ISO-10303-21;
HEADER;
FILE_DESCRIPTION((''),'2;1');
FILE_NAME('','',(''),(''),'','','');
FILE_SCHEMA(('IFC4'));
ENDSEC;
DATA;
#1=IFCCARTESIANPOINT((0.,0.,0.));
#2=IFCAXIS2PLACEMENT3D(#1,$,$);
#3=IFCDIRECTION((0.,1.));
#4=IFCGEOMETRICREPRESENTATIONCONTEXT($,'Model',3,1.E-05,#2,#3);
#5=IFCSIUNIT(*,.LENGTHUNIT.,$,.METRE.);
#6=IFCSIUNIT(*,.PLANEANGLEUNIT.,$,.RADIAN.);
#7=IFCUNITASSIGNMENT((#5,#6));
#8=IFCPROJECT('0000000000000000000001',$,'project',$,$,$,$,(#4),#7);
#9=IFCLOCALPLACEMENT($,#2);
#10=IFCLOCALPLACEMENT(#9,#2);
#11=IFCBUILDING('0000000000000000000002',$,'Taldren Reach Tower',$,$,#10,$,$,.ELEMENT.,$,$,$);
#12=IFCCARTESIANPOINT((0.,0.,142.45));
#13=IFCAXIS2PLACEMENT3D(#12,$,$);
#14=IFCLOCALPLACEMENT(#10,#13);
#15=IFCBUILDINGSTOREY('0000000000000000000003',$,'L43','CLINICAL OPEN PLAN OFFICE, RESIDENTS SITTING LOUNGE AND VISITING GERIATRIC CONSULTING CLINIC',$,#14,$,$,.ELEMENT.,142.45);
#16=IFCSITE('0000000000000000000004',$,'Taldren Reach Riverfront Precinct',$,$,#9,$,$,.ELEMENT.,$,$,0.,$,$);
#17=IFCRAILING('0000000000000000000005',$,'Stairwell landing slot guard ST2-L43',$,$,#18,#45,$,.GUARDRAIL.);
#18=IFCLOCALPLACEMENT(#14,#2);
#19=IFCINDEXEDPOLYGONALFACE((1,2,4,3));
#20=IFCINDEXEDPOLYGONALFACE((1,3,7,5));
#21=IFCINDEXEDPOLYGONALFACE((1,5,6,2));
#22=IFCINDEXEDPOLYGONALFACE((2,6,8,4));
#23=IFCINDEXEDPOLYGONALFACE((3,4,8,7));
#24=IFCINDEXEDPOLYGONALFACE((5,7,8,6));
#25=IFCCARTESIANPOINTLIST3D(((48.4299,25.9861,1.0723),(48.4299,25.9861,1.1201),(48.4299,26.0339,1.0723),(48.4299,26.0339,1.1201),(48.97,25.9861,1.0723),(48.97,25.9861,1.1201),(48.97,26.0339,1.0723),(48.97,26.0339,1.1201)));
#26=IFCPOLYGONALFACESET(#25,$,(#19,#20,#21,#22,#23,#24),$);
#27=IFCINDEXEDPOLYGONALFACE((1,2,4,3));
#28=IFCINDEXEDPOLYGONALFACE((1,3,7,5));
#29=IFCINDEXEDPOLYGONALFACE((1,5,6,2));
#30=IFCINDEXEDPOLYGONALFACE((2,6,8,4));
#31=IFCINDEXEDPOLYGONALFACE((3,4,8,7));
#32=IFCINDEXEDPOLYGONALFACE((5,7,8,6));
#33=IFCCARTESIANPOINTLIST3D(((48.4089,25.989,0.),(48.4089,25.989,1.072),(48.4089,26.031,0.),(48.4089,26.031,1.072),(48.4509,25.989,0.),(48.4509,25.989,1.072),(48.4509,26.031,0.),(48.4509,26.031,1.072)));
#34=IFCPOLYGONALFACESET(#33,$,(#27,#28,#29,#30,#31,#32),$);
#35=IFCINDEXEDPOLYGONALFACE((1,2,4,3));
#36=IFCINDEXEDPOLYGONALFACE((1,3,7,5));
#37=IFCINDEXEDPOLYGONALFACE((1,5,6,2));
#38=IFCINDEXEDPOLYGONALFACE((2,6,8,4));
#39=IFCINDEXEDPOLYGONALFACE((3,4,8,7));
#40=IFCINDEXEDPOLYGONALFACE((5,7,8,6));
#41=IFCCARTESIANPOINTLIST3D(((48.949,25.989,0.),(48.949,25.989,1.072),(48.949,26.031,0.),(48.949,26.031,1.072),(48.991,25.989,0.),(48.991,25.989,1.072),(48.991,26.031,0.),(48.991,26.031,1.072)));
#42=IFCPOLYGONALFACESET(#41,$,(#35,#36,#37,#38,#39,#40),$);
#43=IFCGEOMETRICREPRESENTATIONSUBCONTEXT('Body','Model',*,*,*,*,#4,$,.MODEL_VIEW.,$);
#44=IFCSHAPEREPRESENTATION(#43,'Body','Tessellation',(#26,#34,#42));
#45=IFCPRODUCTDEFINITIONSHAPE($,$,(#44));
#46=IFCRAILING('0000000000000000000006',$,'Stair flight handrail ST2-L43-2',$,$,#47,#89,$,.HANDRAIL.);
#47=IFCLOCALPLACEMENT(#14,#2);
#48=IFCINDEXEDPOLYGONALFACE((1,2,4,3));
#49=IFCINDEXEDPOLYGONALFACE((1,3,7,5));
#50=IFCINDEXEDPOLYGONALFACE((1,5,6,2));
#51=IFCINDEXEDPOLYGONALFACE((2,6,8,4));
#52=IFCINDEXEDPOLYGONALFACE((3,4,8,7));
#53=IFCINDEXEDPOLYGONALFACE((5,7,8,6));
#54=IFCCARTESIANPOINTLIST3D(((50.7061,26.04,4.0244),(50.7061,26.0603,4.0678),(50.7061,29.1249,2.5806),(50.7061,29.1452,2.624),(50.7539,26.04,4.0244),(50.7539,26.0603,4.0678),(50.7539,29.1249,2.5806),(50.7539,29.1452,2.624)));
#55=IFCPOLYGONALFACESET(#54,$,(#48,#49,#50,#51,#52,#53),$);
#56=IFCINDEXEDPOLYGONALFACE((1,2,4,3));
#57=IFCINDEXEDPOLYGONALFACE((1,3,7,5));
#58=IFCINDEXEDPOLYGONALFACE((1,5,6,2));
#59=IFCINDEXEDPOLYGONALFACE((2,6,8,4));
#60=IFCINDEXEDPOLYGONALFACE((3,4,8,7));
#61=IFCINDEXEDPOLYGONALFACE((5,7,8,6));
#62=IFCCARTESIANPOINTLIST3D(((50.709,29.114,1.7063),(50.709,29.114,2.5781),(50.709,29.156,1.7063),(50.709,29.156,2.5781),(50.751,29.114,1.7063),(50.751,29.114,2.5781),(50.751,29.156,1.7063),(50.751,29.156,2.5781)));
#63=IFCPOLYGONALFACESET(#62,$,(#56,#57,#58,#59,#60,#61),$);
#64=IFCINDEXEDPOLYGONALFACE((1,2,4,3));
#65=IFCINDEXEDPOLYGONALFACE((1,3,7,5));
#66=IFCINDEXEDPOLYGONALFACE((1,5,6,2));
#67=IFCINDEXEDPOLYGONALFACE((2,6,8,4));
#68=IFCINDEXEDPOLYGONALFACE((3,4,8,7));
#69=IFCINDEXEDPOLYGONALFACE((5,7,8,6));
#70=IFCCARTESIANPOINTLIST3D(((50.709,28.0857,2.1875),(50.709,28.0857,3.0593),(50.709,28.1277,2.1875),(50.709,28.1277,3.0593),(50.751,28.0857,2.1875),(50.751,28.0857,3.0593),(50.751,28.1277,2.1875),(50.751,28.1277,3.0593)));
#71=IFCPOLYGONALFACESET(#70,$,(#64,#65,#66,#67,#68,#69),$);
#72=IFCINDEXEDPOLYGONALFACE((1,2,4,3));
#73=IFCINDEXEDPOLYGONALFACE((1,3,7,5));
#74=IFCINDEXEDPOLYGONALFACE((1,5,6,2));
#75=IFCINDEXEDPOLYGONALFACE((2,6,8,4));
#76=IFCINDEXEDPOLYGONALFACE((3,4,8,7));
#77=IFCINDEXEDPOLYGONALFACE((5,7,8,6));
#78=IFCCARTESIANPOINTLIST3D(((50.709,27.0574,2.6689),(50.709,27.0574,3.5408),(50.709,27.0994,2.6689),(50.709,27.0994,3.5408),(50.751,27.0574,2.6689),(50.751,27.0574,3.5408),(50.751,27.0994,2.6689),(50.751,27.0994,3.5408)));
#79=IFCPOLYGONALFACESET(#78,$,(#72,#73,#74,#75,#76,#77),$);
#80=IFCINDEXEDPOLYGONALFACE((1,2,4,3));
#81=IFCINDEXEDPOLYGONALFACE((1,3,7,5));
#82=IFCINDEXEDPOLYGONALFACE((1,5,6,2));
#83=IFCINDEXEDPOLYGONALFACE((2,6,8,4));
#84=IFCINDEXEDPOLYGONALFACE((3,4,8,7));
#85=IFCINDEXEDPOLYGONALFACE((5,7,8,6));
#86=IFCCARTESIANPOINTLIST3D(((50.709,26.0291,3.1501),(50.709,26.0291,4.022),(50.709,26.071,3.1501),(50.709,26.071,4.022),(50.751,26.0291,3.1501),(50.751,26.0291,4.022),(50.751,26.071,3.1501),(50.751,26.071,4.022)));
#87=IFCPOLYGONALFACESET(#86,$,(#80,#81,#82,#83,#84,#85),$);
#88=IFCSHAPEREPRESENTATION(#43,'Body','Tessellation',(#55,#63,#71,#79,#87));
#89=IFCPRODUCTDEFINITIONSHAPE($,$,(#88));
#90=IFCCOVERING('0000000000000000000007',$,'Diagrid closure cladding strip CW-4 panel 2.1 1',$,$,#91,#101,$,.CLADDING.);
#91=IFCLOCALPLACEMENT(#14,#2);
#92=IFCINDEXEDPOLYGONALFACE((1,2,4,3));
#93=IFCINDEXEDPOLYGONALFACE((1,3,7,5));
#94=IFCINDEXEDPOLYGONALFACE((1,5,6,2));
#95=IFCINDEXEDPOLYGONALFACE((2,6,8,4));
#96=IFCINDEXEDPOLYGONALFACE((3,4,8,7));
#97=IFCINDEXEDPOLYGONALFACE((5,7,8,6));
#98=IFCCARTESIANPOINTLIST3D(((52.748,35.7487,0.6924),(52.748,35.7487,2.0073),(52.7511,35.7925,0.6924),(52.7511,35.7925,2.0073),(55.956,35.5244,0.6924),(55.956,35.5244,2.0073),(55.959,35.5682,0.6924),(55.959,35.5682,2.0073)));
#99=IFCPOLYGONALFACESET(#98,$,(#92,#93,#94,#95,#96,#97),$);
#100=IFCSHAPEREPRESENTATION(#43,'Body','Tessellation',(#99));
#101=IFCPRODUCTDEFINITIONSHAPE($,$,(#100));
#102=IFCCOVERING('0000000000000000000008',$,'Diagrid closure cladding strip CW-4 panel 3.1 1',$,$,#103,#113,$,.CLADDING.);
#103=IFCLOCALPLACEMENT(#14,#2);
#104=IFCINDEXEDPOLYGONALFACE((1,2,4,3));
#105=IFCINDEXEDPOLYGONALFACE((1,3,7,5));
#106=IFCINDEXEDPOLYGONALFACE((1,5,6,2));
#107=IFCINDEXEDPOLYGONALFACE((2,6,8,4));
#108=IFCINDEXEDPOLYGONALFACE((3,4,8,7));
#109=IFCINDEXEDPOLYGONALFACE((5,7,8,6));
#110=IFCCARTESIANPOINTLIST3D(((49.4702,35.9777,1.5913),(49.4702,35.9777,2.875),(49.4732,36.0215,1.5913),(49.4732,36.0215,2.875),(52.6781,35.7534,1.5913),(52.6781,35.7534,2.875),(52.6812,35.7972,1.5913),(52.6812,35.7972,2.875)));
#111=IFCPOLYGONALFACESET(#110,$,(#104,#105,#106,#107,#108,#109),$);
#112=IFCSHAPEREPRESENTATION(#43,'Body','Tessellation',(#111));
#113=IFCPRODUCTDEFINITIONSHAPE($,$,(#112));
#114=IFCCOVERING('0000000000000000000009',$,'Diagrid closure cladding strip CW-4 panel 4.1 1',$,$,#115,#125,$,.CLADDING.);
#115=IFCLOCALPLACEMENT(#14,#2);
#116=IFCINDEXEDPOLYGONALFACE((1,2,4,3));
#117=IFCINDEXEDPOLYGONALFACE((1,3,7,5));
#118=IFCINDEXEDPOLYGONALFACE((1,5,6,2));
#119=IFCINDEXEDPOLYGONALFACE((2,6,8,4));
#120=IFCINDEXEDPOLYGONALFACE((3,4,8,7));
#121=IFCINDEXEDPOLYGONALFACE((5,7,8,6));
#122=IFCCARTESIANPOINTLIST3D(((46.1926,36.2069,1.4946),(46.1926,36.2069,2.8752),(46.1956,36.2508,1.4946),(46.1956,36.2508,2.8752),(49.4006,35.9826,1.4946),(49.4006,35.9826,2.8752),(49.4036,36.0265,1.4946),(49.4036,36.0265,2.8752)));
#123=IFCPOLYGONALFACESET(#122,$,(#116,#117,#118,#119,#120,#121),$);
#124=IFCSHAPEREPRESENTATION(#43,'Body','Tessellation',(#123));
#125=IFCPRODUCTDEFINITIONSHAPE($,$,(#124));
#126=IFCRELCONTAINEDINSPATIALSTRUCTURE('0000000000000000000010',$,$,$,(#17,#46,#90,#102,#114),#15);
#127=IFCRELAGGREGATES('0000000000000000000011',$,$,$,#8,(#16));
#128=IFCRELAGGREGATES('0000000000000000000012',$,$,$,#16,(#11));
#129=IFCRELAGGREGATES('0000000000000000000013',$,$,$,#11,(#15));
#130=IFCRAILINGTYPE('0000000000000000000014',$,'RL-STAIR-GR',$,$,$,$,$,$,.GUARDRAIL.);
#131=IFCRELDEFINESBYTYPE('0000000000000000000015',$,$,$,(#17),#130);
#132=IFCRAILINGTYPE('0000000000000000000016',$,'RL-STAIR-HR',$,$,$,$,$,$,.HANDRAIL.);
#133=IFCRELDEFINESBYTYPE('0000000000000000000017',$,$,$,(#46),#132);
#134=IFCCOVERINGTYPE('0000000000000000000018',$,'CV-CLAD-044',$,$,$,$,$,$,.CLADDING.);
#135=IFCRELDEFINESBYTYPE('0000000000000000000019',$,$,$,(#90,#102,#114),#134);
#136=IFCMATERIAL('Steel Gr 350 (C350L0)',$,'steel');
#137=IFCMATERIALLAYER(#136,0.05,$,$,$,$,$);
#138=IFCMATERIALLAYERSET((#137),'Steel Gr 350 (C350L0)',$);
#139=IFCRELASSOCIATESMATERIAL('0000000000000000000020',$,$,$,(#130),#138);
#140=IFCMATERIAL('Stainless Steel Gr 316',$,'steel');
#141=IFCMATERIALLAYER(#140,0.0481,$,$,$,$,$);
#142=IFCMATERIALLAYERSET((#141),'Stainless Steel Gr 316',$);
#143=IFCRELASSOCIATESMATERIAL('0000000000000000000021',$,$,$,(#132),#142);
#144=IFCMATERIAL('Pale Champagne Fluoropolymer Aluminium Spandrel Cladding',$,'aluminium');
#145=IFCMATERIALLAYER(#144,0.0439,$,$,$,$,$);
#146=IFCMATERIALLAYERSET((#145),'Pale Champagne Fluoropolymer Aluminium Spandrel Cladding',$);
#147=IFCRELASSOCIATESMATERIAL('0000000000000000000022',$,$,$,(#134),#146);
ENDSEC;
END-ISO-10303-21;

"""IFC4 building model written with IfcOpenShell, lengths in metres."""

from ifc_helpers import new_model, si_unit, direction, frame, origin, origin_2d, place, context, subcontext, project, spatial, rectangle, extrude, source, transform, mapped, material, layer, layer_set, type_object, element, save


model = new_model("IFC4")

# Units and contexts
model_context = context("Model", 3, precision=1e-05, world=origin(), true_north=direction((0.0, 1.0)))
body_context = subcontext(model_context, "Body", "Model", "MODEL_VIEW")
ifc_project = project(units=[si_unit("LENGTHUNIT", "METRE"), si_unit("PLANEANGLEUNIT", "RADIAN")], contexts=[model_context])

# Site, building, storey
site_placement = place(None, origin())
site = spatial("IfcSite", under=ifc_project, at=site_placement, Name="Taldren Reach Riverfront Precinct", CompositionType="ELEMENT", RefElevation=0.0)
building_placement = place(site_placement, origin())
building = spatial("IfcBuilding", under=site, at=building_placement, Name="Taldren Reach Tower", CompositionType="ELEMENT")
storey_placement = place(building_placement, frame((0.0, 0.0, 142.45)))
storey = spatial("IfcBuildingStorey", under=building, at=storey_placement, Name="L43", Description="CLINICAL OPEN PLAN OFFICE, RESIDENTS SITTING LOUNGE AND VISITING GERIATRIC CONSULTING CLINIC", CompositionType="ELEMENT", Elevation=142.45)

# Shared definitions
ifc_material_1 = material(Name="Steel Gr 350 (C350L0)", Category="steel")

# Railings
ifc_layer_1 = layer(ifc_material_1, 0.05)
ifc_layer_set_1 = layer_set([ifc_layer_1], Name="Steel Gr 350 (C350L0)")
railing_type_1 = type_object("IfcRailingType", Name="RL-STAIR-GR", PredefinedType="GUARDRAIL", material=ifc_layer_set_1)
railing_1_placement = place(storey_placement, frame((48.4299, 26.01, 0.0)))
element("IfcRailing", 1, at=railing_1_placement, inside=storey, type_object=railing_type_1, Name="Stairwell landing slot guard ST2-L43", PredefinedType="GUARDRAIL", context=body_context, shape_type="SweptSolid", body=[
    extrude(rectangle(XDim=0.0479, YDim=0.0479, at=origin_2d()), frame((0.0, 0.0, 1.0962), z_axis=(1.0, 0.0, 0.0), x_axis=(0.0, 1.0, 0.0)), (0.0, 0.0, 1.0), 0.54),
    extrude(rectangle(XDim=0.042, YDim=0.042, at=origin_2d()), origin(), (0.0, 0.0, 1.0), 1.072),
    extrude(rectangle(XDim=0.042, YDim=0.042, at=origin_2d()), frame((0.54, 0.0, 0.0)), (0.0, 0.0, 1.0), 1.072),
])
ifc_material_2 = material(Name="Stainless Steel Gr 316", Category="steel")
ifc_layer_2 = layer(ifc_material_2, 0.0481)
ifc_layer_set_2 = layer_set([ifc_layer_2], Name="Stainless Steel Gr 316")
railing_type_2 = type_object("IfcRailingType", Name="RL-STAIR-HR", PredefinedType="HANDRAIL", material=ifc_layer_set_2)
railing_2_placement = place(storey_placement, frame((50.73, 29.135, 1.7063)))
element("IfcRailing", 2, at=railing_2_placement, inside=storey, type_object=railing_type_2, Name="Stair flight handrail ST2-L43-2", PredefinedType="HANDRAIL", context=body_context, shape_type="SweptSolid", body=[
    extrude(rectangle(XDim=0.0479, YDim=0.0479, at=origin_2d()), frame((0.0, 0.0, 0.896), z_axis=(0.0, -0.90571, 0.423898), x_axis=(1.0, 0.0, 0.0)), (0.0, 0.0, 1.0), 3.406),
    extrude(rectangle(XDim=0.042, YDim=0.042, at=origin_2d()), origin(), (0.0, 0.0, 1.0), 0.8718),
    extrude(rectangle(XDim=0.042, YDim=0.042, at=origin_2d()), frame((0.0, -1.0283, 0.4812)), (0.0, 0.0, 1.0), 0.8718),
    extrude(rectangle(XDim=0.042, YDim=0.042, at=origin_2d()), frame((0.0, -2.0566, 0.9626)), (0.0, 0.0, 1.0), 0.8718),
    extrude(rectangle(XDim=0.042, YDim=0.042, at=origin_2d()), frame((0.0, -3.085, 1.4438)), (0.0, 0.0, 1.0), 0.8718),
])

# Coverings
ifc_material_3 = material(Name="Pale Champagne Fluoropolymer Aluminium Spandrel Cladding", Category="aluminium")
ifc_layer_3 = layer(ifc_material_3, 0.0439)
ifc_layer_set_3 = layer_set([ifc_layer_3], Name="Pale Champagne Fluoropolymer Aluminium Spandrel Cladding")
covering_type = type_object("IfcCoveringType", Name="CV-CLAD-044", PredefinedType="CLADDING", material=ifc_layer_set_3)
shared_shape_1 = source(origin(), body_context, "Body", "SweptSolid", [
    extrude(rectangle(XDim=3.2158, YDim=0.0439, at=origin_2d()), origin(), (0.0, 0.0, 1.0), 1.3149),
])
covering_1_placement = place(storey_placement, frame((54.3535, 35.6584, 0.6924), z_axis=(0.0, 0.0, 1.0), x_axis=(-0.997564, 0.069757, 0.0)))
element("IfcCovering", 3, at=covering_1_placement, inside=storey, type_object=covering_type, Name="Diagrid closure cladding strip CW-4 panel 2.1 1", PredefinedType="CLADDING", context=body_context, shape_type="MappedRepresentation", body=[
    mapped(shared_shape_1, transform((0.0, 0.0, 0.0), scale=1.0)),
])
shared_shape_2 = source(origin(), body_context, "Body", "SweptSolid", [
    extrude(rectangle(XDim=3.2158, YDim=0.0439, at=origin_2d()), origin(), (0.0, 0.0, 1.0), 1.2837),
])
covering_2_placement = place(storey_placement, frame((51.0757, 35.8875, 1.5913), z_axis=(0.0, 0.0, 1.0), x_axis=(-0.997564, 0.069757, 0.0)))
element("IfcCovering", 4, at=covering_2_placement, inside=storey, type_object=covering_type, Name="Diagrid closure cladding strip CW-4 panel 3.1 1", PredefinedType="CLADDING", context=body_context, shape_type="MappedRepresentation", body=[
    mapped(shared_shape_2, transform((0.0, 0.0, 0.0), scale=1.0)),
])
shared_shape_3 = source(origin(), body_context, "Body", "SweptSolid", [
    extrude(rectangle(XDim=3.2158, YDim=0.0439, at=origin_2d()), origin(), (0.0, 0.0, 1.0), 1.3806),
])
covering_3_placement = place(storey_placement, frame((47.7981, 36.1167, 1.4946), z_axis=(0.0, 0.0, 1.0), x_axis=(-0.997564, 0.069757, 0.0)))
element("IfcCovering", 5, at=covering_3_placement, inside=storey, type_object=covering_type, Name="Diagrid closure cladding strip CW-4 panel 4.1 1", PredefinedType="CLADDING", context=body_context, shape_type="MappedRepresentation", body=[
    mapped(shared_shape_3, transform((0.0, 0.0, 0.0), scale=1.0)),
])

save(model, "model.ifc")
